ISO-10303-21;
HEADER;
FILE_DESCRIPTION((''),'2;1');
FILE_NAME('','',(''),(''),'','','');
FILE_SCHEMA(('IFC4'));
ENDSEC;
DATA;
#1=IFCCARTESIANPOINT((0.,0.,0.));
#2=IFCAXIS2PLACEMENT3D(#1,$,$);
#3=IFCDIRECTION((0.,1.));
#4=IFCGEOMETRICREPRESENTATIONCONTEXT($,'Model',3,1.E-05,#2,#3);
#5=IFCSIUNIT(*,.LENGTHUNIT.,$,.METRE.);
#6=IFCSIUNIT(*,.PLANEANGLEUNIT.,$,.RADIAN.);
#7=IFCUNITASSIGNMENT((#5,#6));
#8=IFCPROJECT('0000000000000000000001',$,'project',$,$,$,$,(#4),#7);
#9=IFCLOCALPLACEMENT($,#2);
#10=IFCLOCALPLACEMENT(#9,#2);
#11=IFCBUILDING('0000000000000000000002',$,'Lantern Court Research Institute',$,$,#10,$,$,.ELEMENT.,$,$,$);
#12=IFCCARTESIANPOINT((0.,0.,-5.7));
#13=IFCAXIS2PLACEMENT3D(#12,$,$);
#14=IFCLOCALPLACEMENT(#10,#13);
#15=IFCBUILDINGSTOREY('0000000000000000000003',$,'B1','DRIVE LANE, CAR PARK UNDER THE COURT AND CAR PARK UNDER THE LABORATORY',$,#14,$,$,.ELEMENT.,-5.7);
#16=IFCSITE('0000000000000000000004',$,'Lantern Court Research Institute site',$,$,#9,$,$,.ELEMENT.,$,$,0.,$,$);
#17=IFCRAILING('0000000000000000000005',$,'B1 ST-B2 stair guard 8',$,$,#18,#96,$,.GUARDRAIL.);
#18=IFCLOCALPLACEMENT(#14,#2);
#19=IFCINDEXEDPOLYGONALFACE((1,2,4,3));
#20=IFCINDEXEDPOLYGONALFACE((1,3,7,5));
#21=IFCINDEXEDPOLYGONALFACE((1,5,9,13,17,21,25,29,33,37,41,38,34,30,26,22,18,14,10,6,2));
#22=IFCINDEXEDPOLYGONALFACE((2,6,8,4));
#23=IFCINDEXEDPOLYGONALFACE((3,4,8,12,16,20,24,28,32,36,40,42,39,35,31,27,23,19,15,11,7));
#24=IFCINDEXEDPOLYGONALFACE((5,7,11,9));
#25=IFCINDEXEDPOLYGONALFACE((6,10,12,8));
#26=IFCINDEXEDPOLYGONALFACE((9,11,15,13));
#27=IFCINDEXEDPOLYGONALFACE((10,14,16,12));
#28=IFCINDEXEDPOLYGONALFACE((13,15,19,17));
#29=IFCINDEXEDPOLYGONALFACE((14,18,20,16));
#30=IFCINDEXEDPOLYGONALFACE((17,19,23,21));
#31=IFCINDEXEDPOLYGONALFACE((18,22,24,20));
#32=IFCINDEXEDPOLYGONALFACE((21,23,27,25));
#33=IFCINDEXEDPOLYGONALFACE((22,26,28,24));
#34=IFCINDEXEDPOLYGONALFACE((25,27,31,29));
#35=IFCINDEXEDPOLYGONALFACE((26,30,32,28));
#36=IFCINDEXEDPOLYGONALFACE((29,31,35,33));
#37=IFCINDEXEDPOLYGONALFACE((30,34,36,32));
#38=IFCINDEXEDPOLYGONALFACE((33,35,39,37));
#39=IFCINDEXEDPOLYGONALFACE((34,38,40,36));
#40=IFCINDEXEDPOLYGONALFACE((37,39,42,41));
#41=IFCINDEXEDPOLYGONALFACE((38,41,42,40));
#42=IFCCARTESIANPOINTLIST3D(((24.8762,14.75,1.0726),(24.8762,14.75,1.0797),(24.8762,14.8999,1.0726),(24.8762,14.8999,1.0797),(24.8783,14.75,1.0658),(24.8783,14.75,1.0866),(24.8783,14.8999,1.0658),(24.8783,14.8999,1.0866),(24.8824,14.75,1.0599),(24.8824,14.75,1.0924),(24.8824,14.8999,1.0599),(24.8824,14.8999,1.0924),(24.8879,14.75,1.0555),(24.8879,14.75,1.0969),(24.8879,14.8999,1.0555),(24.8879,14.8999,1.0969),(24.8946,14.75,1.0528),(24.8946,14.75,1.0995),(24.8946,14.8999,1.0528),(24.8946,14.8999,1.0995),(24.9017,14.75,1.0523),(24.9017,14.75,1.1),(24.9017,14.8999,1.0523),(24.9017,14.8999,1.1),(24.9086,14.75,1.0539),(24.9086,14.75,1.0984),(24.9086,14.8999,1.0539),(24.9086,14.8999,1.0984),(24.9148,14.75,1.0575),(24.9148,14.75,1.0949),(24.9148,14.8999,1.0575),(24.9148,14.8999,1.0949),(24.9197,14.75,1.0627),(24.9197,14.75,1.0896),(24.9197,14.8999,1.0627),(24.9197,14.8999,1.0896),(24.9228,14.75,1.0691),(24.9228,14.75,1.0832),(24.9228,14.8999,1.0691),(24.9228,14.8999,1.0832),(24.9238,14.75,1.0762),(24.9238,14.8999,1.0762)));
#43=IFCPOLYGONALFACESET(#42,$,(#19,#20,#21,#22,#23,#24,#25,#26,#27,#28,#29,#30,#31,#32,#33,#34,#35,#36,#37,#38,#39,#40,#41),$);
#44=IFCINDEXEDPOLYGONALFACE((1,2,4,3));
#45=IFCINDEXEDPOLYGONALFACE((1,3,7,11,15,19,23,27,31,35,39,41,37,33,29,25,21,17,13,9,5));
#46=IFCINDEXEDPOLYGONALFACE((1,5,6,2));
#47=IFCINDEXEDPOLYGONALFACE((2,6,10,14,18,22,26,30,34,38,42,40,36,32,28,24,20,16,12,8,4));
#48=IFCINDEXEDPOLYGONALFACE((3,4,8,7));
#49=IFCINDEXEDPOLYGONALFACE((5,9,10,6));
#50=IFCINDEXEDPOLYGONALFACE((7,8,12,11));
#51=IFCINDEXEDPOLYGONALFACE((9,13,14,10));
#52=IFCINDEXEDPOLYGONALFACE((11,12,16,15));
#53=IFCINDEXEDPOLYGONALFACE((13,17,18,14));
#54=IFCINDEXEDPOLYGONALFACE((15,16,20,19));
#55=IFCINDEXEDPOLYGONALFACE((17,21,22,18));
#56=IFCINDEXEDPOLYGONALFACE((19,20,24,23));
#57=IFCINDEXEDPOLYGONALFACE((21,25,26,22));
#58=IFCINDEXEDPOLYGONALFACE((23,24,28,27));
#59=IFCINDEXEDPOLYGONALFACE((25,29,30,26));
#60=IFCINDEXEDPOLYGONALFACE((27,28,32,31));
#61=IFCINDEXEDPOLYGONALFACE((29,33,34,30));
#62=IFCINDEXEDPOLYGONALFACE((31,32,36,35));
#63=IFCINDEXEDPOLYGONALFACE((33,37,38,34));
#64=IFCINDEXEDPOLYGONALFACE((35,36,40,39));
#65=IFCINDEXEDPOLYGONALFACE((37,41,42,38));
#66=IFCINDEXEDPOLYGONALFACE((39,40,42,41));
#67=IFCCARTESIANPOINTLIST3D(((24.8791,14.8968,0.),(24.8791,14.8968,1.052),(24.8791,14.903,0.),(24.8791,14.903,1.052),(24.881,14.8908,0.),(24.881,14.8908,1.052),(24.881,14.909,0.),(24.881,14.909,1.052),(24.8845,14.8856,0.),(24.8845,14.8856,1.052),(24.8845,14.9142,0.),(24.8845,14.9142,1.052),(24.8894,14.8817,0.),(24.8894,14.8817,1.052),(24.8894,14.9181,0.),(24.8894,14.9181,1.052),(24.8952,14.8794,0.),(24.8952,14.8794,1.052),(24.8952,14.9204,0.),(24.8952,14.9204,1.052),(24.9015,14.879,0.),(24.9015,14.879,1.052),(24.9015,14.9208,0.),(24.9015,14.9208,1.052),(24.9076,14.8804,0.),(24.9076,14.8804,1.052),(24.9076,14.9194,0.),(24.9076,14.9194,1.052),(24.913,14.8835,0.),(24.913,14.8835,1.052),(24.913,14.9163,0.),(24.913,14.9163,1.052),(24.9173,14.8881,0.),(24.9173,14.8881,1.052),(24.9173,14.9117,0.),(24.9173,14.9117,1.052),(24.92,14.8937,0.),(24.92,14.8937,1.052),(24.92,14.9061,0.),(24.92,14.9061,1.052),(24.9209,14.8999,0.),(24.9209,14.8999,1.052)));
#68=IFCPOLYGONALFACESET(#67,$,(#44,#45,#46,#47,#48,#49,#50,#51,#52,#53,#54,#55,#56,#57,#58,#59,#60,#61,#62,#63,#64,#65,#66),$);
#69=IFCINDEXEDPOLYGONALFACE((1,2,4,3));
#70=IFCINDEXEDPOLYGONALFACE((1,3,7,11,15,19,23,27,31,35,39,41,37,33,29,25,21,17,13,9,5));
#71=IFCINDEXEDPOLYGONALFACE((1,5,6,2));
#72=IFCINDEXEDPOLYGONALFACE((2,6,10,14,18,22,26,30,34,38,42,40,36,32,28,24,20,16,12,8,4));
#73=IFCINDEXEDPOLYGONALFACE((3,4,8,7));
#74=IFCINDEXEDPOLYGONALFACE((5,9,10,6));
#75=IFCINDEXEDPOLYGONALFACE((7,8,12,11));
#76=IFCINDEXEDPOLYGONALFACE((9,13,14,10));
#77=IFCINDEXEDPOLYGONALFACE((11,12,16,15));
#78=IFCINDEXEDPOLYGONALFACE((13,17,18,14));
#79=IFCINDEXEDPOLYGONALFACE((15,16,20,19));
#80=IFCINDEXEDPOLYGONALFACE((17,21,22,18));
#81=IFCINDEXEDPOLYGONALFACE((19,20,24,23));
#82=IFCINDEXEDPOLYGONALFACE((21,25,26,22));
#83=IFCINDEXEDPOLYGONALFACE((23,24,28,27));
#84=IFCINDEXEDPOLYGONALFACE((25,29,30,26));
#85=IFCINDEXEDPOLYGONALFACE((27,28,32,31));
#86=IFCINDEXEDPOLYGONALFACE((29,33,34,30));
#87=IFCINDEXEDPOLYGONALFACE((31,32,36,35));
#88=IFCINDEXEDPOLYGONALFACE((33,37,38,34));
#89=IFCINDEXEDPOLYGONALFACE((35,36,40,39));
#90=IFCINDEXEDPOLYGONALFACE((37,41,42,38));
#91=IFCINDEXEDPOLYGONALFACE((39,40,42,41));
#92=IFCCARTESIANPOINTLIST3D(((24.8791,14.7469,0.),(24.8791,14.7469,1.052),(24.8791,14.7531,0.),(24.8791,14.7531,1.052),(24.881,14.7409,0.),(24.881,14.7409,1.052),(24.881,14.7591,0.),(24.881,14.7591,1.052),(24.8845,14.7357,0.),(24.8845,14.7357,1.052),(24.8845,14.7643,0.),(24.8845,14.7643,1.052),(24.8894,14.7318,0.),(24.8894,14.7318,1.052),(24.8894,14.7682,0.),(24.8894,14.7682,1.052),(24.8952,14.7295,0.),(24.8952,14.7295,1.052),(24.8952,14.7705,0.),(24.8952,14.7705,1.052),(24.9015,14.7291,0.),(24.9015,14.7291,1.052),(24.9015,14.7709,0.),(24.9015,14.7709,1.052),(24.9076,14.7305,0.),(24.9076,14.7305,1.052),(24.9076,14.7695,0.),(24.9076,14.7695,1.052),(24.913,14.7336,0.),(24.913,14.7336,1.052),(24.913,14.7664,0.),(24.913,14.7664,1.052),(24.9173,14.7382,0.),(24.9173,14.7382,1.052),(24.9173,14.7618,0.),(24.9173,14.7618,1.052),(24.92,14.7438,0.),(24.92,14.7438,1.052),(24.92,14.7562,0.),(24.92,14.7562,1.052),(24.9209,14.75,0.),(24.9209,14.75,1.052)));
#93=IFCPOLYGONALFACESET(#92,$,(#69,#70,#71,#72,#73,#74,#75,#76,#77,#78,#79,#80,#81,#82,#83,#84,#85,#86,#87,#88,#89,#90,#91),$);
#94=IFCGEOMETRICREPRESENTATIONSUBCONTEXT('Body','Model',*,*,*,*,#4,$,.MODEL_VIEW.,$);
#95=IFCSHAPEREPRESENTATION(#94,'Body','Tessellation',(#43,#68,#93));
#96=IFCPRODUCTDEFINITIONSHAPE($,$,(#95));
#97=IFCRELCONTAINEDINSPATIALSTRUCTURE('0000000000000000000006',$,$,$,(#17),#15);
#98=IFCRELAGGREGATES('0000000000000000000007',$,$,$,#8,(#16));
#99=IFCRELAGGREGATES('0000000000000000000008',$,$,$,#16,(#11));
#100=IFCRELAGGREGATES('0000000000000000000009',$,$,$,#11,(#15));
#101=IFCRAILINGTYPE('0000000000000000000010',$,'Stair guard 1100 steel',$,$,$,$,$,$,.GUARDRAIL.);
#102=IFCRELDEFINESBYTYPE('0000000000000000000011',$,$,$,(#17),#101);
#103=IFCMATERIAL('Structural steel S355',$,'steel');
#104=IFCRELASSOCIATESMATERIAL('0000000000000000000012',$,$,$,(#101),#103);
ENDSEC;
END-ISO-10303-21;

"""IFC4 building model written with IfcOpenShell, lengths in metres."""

from ifc_helpers import new_model, si_unit, direction, frame, origin, origin_2d, place, context, subcontext, project, spatial, circle, extrude, material, type_object, element, save


model = new_model("IFC4")

# Units and contexts
model_context = context("Model", 3, precision=1e-05, world=origin(), true_north=direction((0.0, 1.0)))
body_context = subcontext(model_context, "Body", "Model", "MODEL_VIEW")
ifc_project = project(units=[si_unit("LENGTHUNIT", "METRE"), si_unit("PLANEANGLEUNIT", "RADIAN")], contexts=[model_context])

# Site, building, storey
site_placement = place(None, origin())
site = spatial("IfcSite", under=ifc_project, at=site_placement, Name="Lantern Court Research Institute site", CompositionType="ELEMENT", RefElevation=0.0)
building_placement = place(site_placement, origin())
building = spatial("IfcBuilding", under=site, at=building_placement, Name="Lantern Court Research Institute", CompositionType="ELEMENT")
storey_placement = place(building_placement, frame((0.0, 0.0, -5.7)))
storey = spatial("IfcBuildingStorey", under=building, at=storey_placement, Name="B1", Description="DRIVE LANE, CAR PARK UNDER THE COURT AND CAR PARK UNDER THE LABORATORY", CompositionType="ELEMENT", Elevation=-5.7)

# Railing
ifc_material_1 = material(Name="Structural steel S355", Category="steel")
railing_type_1 = type_object("IfcRailingType", Name="Stair guard 1100 steel", PredefinedType="GUARDRAIL", material=ifc_material_1)
railing_1_placement = place(storey_placement, frame((24.8999, 14.8999, 0.0)))
element("IfcRailing", 1, at=railing_1_placement, inside=storey, type_object=railing_type_1, Name="B1 ST-B2 stair guard 8", PredefinedType="GUARDRAIL", context=body_context, shape_type="SweptSolid", body=[
    extrude(circle(Radius=0.0239, at=origin_2d()), frame((0.0, 0.0, 1.0762), z_axis=(0.0, -1.0, 0.0), x_axis=(1.0, 0.0, 0.0)), (0.0, 0.0, 1.0), 0.1499),
    extrude(circle(Radius=0.021, at=origin_2d()), origin(), (0.0, 0.0, 1.0), 1.052),
    extrude(circle(Radius=0.021, at=origin_2d()), frame((0.0, -0.1499, 0.0)), (0.0, 0.0, 1.0), 1.052),
])

save(model, "model.ifc")
